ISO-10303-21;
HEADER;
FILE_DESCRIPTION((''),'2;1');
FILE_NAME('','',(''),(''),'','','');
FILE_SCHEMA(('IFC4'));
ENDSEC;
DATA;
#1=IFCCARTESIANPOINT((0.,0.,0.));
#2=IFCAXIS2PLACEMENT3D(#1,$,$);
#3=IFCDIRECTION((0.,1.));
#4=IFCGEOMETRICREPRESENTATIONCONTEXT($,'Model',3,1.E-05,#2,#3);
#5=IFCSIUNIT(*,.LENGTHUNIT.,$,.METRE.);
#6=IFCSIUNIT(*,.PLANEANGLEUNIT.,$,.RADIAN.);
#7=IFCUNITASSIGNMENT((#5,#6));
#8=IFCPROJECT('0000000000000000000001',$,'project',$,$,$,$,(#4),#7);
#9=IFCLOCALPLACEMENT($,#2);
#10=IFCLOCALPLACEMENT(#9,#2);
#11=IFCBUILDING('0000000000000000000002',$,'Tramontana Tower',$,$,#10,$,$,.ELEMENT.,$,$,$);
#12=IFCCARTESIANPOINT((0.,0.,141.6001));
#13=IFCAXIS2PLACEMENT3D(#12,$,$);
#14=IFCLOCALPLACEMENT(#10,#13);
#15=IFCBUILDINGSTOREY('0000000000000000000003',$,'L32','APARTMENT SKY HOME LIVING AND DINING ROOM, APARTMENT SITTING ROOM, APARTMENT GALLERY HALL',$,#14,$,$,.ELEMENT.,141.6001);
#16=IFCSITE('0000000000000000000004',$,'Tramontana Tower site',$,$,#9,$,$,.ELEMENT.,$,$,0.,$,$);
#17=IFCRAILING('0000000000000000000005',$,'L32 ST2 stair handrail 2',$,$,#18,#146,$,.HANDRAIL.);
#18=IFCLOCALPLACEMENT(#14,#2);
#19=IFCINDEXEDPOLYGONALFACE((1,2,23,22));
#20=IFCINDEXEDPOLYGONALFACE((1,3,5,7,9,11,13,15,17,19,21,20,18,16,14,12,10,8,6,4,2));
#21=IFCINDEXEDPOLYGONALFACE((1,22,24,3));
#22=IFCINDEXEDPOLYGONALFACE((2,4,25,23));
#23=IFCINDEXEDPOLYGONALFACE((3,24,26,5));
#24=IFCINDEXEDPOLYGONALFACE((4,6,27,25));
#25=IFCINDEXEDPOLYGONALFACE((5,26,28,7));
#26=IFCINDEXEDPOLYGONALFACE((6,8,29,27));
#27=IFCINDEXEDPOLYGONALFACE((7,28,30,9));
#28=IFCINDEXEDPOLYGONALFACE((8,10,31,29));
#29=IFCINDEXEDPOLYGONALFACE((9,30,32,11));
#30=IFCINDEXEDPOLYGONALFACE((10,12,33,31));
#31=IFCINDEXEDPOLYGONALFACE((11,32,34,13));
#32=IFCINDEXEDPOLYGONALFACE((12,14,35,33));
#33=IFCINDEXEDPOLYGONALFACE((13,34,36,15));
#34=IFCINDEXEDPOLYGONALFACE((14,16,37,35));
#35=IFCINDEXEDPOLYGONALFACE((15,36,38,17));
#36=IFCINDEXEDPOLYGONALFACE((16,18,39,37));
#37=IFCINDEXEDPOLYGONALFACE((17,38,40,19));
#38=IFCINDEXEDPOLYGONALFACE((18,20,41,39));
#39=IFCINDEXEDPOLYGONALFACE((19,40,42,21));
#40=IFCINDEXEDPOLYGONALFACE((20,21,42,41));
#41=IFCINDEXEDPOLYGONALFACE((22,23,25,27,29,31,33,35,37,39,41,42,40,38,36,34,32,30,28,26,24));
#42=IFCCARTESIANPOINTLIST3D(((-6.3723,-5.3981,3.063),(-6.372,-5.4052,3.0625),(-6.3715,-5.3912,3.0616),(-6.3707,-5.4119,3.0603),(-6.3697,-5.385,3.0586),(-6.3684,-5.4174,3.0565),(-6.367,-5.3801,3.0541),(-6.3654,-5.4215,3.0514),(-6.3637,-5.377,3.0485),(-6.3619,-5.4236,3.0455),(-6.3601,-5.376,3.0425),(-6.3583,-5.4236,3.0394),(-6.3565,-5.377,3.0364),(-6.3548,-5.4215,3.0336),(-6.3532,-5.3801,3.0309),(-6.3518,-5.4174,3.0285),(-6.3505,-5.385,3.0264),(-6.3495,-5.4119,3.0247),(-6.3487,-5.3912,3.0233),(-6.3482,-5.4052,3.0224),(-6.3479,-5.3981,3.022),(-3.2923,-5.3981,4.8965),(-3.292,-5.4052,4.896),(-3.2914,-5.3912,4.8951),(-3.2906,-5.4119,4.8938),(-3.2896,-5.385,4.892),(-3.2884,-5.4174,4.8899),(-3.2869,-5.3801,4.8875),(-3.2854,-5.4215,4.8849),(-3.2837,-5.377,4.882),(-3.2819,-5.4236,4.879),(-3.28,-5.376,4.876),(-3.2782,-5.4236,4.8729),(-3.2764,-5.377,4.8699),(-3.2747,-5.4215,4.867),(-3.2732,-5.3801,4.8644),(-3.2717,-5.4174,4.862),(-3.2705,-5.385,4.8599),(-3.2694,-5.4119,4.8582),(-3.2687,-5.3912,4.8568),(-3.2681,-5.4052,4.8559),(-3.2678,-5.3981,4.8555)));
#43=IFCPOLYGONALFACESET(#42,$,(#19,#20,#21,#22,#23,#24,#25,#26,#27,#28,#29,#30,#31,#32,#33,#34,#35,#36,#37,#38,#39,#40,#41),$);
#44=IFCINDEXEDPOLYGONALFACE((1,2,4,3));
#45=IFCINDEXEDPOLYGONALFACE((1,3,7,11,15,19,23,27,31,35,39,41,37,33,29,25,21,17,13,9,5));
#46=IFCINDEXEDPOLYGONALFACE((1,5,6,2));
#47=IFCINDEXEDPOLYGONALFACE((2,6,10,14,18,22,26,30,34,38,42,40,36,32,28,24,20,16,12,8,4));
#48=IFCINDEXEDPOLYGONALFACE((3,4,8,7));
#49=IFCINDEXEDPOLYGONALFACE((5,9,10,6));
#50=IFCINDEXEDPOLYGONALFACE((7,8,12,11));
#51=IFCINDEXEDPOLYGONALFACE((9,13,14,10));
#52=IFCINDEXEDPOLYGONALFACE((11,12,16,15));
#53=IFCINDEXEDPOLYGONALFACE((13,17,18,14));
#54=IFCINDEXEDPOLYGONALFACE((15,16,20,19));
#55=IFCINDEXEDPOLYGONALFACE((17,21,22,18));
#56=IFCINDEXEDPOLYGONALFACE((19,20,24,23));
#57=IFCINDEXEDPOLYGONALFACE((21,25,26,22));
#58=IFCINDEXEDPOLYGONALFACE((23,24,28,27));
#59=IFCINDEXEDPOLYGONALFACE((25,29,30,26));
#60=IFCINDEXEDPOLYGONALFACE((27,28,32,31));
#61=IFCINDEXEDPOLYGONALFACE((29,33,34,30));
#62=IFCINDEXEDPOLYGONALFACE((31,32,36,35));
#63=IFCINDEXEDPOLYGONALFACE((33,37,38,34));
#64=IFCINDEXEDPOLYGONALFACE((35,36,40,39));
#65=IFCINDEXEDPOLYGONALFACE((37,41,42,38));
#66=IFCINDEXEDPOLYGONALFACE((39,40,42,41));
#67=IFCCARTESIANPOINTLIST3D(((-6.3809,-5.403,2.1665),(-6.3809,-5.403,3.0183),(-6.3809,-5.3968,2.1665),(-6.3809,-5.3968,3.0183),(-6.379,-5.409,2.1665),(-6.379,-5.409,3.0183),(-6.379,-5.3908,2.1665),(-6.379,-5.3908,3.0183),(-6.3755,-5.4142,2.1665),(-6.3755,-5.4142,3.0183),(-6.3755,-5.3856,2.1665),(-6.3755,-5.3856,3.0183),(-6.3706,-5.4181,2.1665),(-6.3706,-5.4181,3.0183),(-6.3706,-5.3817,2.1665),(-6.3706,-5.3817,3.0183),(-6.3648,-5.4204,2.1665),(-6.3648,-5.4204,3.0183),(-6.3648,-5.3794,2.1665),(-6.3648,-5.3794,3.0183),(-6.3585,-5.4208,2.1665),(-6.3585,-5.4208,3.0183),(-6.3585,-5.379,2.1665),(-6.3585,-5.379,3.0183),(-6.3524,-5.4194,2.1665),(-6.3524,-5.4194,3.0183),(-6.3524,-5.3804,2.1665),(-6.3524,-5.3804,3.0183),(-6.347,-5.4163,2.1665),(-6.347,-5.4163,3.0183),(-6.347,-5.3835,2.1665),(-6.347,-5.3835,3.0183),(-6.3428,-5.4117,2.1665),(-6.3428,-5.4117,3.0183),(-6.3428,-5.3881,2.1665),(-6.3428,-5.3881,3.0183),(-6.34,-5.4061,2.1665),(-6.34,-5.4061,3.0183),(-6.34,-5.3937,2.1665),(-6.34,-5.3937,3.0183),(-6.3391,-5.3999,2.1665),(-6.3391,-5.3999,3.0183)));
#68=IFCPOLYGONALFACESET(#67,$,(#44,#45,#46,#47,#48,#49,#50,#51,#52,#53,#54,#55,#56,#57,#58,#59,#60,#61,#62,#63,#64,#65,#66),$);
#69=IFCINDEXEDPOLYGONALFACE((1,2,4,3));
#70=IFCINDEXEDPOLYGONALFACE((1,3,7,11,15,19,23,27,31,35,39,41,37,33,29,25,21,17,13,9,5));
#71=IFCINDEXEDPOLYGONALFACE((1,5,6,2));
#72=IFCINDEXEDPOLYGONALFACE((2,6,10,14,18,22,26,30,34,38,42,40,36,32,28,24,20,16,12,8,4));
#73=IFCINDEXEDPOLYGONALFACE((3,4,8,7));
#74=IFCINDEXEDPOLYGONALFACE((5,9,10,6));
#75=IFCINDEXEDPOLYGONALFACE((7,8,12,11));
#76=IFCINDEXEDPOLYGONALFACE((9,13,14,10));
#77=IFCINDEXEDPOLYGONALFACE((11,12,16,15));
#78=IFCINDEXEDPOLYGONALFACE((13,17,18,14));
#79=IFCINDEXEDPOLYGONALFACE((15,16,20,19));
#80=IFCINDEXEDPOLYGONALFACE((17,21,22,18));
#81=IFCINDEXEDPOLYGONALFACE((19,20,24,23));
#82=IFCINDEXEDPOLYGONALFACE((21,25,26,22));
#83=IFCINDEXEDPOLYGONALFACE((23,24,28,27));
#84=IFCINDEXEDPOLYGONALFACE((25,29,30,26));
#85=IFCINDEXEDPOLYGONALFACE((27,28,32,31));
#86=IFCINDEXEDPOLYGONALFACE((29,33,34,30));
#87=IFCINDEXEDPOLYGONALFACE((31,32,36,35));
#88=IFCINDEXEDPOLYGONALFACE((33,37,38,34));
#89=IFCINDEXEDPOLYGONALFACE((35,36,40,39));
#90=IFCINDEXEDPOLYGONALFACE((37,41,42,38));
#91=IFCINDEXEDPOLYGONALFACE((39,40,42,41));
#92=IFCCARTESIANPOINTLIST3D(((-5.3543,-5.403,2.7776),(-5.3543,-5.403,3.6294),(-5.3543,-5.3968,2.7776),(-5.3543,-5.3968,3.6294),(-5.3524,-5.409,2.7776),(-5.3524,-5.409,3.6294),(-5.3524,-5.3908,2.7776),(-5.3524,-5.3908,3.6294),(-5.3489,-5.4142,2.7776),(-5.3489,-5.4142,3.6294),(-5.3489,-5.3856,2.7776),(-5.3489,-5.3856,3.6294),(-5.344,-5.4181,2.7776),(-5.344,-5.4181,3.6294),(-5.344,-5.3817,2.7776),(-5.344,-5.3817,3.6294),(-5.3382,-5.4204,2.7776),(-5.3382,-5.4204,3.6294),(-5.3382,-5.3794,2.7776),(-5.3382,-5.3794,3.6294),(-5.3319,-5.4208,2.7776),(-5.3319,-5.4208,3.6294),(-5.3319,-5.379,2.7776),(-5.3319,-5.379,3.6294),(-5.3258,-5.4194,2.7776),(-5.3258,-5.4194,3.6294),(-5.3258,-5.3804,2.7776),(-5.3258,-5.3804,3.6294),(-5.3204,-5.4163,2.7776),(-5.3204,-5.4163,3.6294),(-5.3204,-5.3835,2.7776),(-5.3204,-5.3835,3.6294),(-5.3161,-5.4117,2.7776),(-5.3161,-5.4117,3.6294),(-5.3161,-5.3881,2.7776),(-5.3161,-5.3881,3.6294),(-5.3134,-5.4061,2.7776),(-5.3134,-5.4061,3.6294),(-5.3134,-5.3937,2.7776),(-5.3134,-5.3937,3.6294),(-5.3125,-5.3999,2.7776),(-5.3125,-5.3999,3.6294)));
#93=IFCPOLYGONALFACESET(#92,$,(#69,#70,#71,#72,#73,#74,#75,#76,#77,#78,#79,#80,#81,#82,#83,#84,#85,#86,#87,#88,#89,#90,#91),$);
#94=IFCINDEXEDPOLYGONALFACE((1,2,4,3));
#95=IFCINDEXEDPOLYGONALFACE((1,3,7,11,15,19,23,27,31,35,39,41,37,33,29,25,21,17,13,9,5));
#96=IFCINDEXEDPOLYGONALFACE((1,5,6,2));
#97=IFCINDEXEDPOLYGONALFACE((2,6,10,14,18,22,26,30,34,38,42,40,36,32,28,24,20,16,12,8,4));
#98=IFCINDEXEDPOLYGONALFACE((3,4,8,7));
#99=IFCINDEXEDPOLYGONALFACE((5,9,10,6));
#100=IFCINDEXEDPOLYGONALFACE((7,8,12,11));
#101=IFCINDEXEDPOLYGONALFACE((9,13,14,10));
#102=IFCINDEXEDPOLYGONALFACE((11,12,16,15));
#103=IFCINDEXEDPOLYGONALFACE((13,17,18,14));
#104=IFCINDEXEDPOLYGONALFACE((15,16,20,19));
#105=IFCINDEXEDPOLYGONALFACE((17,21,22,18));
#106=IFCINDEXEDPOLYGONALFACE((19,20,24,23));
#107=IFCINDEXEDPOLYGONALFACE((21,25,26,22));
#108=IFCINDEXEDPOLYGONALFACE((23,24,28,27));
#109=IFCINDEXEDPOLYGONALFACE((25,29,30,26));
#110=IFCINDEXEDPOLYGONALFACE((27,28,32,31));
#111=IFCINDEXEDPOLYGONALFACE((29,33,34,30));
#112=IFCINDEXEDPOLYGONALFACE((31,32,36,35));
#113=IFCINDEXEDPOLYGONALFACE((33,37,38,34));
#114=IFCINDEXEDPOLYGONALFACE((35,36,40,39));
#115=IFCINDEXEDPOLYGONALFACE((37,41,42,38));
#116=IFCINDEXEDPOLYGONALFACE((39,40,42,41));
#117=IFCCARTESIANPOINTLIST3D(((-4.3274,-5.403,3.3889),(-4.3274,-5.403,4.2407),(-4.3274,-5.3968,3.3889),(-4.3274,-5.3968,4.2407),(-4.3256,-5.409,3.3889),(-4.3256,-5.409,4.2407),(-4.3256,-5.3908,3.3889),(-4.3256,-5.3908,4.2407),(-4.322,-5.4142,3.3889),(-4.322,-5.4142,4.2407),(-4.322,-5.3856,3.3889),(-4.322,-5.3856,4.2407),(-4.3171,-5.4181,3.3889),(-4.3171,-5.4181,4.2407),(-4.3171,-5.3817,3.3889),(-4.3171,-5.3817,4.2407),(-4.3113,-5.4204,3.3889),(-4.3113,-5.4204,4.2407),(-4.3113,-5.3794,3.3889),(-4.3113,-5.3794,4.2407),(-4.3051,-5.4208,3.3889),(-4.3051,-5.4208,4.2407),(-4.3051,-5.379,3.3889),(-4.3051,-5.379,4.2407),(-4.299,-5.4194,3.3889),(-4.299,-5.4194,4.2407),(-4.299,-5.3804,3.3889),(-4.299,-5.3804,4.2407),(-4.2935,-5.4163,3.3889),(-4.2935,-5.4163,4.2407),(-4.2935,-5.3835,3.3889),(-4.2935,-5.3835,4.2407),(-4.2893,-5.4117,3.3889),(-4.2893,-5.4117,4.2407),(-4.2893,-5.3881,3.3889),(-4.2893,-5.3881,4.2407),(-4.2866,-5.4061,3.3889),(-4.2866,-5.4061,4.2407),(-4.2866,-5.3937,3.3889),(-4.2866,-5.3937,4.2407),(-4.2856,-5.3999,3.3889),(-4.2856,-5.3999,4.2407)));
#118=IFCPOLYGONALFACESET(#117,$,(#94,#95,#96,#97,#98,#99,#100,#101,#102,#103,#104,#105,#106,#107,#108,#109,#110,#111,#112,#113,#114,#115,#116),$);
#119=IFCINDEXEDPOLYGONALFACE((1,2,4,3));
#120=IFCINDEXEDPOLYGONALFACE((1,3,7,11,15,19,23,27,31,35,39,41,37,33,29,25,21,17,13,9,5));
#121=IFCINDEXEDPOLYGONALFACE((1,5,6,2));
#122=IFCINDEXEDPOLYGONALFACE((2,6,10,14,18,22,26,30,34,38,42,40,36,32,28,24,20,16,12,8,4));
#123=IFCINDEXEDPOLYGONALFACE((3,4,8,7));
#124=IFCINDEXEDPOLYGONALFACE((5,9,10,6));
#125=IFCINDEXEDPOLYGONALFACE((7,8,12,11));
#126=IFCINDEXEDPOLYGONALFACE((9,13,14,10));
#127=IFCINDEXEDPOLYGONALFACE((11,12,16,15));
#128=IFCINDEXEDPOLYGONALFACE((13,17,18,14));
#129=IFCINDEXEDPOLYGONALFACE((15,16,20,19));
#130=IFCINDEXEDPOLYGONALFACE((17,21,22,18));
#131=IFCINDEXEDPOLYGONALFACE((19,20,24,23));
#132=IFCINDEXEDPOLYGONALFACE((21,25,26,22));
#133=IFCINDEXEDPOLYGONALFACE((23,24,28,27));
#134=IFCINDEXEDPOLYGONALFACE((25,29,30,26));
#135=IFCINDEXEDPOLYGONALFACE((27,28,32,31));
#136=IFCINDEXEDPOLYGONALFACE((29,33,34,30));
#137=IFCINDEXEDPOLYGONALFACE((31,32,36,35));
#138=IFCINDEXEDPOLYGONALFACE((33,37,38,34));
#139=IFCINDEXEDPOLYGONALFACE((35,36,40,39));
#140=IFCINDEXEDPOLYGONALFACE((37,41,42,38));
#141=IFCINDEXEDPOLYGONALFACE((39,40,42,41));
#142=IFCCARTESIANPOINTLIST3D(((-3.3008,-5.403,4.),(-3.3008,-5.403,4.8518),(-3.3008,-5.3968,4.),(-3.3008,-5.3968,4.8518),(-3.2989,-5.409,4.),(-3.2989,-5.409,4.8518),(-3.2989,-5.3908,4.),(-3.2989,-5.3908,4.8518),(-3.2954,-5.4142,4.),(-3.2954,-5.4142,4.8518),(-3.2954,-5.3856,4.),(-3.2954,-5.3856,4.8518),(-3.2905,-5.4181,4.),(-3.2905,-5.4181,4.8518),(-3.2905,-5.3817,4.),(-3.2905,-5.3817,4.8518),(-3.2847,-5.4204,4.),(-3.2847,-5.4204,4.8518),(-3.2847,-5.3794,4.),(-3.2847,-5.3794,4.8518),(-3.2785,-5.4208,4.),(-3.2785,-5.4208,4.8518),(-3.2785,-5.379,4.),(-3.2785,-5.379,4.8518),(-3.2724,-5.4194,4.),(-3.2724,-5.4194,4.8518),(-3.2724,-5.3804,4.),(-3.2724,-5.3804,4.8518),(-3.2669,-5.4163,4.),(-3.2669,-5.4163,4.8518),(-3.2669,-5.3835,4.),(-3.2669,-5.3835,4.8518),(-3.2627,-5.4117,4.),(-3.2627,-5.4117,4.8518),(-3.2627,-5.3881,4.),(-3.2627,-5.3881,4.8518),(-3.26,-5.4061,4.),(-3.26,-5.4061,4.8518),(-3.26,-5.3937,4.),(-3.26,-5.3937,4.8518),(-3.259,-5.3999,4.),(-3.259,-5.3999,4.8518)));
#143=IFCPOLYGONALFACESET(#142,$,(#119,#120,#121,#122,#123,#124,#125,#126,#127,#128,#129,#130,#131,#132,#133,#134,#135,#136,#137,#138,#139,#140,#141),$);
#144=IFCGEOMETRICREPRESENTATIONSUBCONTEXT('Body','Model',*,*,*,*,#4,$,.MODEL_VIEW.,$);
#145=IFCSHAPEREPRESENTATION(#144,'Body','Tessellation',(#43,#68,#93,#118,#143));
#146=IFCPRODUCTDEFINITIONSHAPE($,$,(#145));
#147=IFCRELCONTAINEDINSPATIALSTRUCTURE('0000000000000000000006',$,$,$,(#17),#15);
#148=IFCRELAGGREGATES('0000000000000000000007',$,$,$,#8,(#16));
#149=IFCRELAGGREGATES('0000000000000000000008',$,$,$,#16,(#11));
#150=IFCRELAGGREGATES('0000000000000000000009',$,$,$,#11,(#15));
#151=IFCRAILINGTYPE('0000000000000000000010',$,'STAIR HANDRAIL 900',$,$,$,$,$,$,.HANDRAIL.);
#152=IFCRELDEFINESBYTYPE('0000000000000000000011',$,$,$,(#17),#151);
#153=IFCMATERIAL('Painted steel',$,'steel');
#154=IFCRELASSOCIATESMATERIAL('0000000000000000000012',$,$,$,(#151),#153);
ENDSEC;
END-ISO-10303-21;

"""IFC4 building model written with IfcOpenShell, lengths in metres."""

from ifc_helpers import new_model, si_unit, direction, frame, origin, origin_2d, place, context, subcontext, project, spatial, circle, extrude, material, type_object, element, save


model = new_model("IFC4")

# Units and contexts
model_context = context("Model", 3, precision=1e-05, world=origin(), true_north=direction((0.0, 1.0)))
body_context = subcontext(model_context, "Body", "Model", "MODEL_VIEW")
ifc_project = project(units=[si_unit("LENGTHUNIT", "METRE"), si_unit("PLANEANGLEUNIT", "RADIAN")], contexts=[model_context])

# Site, building, storey
site_placement = place(None, origin())
site = spatial("IfcSite", under=ifc_project, at=site_placement, Name="Tramontana Tower site", CompositionType="ELEMENT", RefElevation=0.0)
building_placement = place(site_placement, origin())
building = spatial("IfcBuilding", under=site, at=building_placement, Name="Tramontana Tower", CompositionType="ELEMENT")
storey_placement = place(building_placement, frame((0.0, 0.0, 141.6001)))
storey = spatial("IfcBuildingStorey", under=building, at=storey_placement, Name="L32", Description="APARTMENT SKY HOME LIVING AND DINING ROOM, APARTMENT SITTING ROOM, APARTMENT GALLERY HALL", CompositionType="ELEMENT", Elevation=141.6001)

# Railing
ifc_material_1 = material(Name="Painted steel", Category="steel")
railing_type_1 = type_object("IfcRailingType", Name="STAIR HANDRAIL 900", PredefinedType="HANDRAIL", material=ifc_material_1)
railing_1_placement = place(storey_placement, frame((-6.3601, -5.3999, 2.1665)))
element("IfcRailing", 1, at=railing_1_placement, inside=storey, type_object=railing_type_1, Name="L32 ST2 stair handrail 2", PredefinedType="HANDRAIL", context=body_context, shape_type="SweptSolid", body=[
    extrude(circle(Radius=0.0239, at=origin_2d()), frame((0.0, 0.0, 0.876), z_axis=(0.859279, 0.0, 0.511508), x_axis=(0.0, 1.0, 0.0)), (0.0, 0.0, 1.0), 3.5845),
    extrude(circle(Radius=0.021, at=origin_2d()), origin(), (0.0, 0.0, 1.0), 0.8518),
    extrude(circle(Radius=0.021, at=origin_2d()), frame((1.0266, 0.0, 0.6111)), (0.0, 0.0, 1.0), 0.8518),
    extrude(circle(Radius=0.021, at=origin_2d()), frame((2.0535, 0.0, 1.2224)), (0.0, 0.0, 1.0), 0.8518),
    extrude(circle(Radius=0.021, at=origin_2d()), frame((3.0801, 0.0, 1.8335)), (0.0, 0.0, 1.0), 0.8518),
])

save(model, "model.ifc")
